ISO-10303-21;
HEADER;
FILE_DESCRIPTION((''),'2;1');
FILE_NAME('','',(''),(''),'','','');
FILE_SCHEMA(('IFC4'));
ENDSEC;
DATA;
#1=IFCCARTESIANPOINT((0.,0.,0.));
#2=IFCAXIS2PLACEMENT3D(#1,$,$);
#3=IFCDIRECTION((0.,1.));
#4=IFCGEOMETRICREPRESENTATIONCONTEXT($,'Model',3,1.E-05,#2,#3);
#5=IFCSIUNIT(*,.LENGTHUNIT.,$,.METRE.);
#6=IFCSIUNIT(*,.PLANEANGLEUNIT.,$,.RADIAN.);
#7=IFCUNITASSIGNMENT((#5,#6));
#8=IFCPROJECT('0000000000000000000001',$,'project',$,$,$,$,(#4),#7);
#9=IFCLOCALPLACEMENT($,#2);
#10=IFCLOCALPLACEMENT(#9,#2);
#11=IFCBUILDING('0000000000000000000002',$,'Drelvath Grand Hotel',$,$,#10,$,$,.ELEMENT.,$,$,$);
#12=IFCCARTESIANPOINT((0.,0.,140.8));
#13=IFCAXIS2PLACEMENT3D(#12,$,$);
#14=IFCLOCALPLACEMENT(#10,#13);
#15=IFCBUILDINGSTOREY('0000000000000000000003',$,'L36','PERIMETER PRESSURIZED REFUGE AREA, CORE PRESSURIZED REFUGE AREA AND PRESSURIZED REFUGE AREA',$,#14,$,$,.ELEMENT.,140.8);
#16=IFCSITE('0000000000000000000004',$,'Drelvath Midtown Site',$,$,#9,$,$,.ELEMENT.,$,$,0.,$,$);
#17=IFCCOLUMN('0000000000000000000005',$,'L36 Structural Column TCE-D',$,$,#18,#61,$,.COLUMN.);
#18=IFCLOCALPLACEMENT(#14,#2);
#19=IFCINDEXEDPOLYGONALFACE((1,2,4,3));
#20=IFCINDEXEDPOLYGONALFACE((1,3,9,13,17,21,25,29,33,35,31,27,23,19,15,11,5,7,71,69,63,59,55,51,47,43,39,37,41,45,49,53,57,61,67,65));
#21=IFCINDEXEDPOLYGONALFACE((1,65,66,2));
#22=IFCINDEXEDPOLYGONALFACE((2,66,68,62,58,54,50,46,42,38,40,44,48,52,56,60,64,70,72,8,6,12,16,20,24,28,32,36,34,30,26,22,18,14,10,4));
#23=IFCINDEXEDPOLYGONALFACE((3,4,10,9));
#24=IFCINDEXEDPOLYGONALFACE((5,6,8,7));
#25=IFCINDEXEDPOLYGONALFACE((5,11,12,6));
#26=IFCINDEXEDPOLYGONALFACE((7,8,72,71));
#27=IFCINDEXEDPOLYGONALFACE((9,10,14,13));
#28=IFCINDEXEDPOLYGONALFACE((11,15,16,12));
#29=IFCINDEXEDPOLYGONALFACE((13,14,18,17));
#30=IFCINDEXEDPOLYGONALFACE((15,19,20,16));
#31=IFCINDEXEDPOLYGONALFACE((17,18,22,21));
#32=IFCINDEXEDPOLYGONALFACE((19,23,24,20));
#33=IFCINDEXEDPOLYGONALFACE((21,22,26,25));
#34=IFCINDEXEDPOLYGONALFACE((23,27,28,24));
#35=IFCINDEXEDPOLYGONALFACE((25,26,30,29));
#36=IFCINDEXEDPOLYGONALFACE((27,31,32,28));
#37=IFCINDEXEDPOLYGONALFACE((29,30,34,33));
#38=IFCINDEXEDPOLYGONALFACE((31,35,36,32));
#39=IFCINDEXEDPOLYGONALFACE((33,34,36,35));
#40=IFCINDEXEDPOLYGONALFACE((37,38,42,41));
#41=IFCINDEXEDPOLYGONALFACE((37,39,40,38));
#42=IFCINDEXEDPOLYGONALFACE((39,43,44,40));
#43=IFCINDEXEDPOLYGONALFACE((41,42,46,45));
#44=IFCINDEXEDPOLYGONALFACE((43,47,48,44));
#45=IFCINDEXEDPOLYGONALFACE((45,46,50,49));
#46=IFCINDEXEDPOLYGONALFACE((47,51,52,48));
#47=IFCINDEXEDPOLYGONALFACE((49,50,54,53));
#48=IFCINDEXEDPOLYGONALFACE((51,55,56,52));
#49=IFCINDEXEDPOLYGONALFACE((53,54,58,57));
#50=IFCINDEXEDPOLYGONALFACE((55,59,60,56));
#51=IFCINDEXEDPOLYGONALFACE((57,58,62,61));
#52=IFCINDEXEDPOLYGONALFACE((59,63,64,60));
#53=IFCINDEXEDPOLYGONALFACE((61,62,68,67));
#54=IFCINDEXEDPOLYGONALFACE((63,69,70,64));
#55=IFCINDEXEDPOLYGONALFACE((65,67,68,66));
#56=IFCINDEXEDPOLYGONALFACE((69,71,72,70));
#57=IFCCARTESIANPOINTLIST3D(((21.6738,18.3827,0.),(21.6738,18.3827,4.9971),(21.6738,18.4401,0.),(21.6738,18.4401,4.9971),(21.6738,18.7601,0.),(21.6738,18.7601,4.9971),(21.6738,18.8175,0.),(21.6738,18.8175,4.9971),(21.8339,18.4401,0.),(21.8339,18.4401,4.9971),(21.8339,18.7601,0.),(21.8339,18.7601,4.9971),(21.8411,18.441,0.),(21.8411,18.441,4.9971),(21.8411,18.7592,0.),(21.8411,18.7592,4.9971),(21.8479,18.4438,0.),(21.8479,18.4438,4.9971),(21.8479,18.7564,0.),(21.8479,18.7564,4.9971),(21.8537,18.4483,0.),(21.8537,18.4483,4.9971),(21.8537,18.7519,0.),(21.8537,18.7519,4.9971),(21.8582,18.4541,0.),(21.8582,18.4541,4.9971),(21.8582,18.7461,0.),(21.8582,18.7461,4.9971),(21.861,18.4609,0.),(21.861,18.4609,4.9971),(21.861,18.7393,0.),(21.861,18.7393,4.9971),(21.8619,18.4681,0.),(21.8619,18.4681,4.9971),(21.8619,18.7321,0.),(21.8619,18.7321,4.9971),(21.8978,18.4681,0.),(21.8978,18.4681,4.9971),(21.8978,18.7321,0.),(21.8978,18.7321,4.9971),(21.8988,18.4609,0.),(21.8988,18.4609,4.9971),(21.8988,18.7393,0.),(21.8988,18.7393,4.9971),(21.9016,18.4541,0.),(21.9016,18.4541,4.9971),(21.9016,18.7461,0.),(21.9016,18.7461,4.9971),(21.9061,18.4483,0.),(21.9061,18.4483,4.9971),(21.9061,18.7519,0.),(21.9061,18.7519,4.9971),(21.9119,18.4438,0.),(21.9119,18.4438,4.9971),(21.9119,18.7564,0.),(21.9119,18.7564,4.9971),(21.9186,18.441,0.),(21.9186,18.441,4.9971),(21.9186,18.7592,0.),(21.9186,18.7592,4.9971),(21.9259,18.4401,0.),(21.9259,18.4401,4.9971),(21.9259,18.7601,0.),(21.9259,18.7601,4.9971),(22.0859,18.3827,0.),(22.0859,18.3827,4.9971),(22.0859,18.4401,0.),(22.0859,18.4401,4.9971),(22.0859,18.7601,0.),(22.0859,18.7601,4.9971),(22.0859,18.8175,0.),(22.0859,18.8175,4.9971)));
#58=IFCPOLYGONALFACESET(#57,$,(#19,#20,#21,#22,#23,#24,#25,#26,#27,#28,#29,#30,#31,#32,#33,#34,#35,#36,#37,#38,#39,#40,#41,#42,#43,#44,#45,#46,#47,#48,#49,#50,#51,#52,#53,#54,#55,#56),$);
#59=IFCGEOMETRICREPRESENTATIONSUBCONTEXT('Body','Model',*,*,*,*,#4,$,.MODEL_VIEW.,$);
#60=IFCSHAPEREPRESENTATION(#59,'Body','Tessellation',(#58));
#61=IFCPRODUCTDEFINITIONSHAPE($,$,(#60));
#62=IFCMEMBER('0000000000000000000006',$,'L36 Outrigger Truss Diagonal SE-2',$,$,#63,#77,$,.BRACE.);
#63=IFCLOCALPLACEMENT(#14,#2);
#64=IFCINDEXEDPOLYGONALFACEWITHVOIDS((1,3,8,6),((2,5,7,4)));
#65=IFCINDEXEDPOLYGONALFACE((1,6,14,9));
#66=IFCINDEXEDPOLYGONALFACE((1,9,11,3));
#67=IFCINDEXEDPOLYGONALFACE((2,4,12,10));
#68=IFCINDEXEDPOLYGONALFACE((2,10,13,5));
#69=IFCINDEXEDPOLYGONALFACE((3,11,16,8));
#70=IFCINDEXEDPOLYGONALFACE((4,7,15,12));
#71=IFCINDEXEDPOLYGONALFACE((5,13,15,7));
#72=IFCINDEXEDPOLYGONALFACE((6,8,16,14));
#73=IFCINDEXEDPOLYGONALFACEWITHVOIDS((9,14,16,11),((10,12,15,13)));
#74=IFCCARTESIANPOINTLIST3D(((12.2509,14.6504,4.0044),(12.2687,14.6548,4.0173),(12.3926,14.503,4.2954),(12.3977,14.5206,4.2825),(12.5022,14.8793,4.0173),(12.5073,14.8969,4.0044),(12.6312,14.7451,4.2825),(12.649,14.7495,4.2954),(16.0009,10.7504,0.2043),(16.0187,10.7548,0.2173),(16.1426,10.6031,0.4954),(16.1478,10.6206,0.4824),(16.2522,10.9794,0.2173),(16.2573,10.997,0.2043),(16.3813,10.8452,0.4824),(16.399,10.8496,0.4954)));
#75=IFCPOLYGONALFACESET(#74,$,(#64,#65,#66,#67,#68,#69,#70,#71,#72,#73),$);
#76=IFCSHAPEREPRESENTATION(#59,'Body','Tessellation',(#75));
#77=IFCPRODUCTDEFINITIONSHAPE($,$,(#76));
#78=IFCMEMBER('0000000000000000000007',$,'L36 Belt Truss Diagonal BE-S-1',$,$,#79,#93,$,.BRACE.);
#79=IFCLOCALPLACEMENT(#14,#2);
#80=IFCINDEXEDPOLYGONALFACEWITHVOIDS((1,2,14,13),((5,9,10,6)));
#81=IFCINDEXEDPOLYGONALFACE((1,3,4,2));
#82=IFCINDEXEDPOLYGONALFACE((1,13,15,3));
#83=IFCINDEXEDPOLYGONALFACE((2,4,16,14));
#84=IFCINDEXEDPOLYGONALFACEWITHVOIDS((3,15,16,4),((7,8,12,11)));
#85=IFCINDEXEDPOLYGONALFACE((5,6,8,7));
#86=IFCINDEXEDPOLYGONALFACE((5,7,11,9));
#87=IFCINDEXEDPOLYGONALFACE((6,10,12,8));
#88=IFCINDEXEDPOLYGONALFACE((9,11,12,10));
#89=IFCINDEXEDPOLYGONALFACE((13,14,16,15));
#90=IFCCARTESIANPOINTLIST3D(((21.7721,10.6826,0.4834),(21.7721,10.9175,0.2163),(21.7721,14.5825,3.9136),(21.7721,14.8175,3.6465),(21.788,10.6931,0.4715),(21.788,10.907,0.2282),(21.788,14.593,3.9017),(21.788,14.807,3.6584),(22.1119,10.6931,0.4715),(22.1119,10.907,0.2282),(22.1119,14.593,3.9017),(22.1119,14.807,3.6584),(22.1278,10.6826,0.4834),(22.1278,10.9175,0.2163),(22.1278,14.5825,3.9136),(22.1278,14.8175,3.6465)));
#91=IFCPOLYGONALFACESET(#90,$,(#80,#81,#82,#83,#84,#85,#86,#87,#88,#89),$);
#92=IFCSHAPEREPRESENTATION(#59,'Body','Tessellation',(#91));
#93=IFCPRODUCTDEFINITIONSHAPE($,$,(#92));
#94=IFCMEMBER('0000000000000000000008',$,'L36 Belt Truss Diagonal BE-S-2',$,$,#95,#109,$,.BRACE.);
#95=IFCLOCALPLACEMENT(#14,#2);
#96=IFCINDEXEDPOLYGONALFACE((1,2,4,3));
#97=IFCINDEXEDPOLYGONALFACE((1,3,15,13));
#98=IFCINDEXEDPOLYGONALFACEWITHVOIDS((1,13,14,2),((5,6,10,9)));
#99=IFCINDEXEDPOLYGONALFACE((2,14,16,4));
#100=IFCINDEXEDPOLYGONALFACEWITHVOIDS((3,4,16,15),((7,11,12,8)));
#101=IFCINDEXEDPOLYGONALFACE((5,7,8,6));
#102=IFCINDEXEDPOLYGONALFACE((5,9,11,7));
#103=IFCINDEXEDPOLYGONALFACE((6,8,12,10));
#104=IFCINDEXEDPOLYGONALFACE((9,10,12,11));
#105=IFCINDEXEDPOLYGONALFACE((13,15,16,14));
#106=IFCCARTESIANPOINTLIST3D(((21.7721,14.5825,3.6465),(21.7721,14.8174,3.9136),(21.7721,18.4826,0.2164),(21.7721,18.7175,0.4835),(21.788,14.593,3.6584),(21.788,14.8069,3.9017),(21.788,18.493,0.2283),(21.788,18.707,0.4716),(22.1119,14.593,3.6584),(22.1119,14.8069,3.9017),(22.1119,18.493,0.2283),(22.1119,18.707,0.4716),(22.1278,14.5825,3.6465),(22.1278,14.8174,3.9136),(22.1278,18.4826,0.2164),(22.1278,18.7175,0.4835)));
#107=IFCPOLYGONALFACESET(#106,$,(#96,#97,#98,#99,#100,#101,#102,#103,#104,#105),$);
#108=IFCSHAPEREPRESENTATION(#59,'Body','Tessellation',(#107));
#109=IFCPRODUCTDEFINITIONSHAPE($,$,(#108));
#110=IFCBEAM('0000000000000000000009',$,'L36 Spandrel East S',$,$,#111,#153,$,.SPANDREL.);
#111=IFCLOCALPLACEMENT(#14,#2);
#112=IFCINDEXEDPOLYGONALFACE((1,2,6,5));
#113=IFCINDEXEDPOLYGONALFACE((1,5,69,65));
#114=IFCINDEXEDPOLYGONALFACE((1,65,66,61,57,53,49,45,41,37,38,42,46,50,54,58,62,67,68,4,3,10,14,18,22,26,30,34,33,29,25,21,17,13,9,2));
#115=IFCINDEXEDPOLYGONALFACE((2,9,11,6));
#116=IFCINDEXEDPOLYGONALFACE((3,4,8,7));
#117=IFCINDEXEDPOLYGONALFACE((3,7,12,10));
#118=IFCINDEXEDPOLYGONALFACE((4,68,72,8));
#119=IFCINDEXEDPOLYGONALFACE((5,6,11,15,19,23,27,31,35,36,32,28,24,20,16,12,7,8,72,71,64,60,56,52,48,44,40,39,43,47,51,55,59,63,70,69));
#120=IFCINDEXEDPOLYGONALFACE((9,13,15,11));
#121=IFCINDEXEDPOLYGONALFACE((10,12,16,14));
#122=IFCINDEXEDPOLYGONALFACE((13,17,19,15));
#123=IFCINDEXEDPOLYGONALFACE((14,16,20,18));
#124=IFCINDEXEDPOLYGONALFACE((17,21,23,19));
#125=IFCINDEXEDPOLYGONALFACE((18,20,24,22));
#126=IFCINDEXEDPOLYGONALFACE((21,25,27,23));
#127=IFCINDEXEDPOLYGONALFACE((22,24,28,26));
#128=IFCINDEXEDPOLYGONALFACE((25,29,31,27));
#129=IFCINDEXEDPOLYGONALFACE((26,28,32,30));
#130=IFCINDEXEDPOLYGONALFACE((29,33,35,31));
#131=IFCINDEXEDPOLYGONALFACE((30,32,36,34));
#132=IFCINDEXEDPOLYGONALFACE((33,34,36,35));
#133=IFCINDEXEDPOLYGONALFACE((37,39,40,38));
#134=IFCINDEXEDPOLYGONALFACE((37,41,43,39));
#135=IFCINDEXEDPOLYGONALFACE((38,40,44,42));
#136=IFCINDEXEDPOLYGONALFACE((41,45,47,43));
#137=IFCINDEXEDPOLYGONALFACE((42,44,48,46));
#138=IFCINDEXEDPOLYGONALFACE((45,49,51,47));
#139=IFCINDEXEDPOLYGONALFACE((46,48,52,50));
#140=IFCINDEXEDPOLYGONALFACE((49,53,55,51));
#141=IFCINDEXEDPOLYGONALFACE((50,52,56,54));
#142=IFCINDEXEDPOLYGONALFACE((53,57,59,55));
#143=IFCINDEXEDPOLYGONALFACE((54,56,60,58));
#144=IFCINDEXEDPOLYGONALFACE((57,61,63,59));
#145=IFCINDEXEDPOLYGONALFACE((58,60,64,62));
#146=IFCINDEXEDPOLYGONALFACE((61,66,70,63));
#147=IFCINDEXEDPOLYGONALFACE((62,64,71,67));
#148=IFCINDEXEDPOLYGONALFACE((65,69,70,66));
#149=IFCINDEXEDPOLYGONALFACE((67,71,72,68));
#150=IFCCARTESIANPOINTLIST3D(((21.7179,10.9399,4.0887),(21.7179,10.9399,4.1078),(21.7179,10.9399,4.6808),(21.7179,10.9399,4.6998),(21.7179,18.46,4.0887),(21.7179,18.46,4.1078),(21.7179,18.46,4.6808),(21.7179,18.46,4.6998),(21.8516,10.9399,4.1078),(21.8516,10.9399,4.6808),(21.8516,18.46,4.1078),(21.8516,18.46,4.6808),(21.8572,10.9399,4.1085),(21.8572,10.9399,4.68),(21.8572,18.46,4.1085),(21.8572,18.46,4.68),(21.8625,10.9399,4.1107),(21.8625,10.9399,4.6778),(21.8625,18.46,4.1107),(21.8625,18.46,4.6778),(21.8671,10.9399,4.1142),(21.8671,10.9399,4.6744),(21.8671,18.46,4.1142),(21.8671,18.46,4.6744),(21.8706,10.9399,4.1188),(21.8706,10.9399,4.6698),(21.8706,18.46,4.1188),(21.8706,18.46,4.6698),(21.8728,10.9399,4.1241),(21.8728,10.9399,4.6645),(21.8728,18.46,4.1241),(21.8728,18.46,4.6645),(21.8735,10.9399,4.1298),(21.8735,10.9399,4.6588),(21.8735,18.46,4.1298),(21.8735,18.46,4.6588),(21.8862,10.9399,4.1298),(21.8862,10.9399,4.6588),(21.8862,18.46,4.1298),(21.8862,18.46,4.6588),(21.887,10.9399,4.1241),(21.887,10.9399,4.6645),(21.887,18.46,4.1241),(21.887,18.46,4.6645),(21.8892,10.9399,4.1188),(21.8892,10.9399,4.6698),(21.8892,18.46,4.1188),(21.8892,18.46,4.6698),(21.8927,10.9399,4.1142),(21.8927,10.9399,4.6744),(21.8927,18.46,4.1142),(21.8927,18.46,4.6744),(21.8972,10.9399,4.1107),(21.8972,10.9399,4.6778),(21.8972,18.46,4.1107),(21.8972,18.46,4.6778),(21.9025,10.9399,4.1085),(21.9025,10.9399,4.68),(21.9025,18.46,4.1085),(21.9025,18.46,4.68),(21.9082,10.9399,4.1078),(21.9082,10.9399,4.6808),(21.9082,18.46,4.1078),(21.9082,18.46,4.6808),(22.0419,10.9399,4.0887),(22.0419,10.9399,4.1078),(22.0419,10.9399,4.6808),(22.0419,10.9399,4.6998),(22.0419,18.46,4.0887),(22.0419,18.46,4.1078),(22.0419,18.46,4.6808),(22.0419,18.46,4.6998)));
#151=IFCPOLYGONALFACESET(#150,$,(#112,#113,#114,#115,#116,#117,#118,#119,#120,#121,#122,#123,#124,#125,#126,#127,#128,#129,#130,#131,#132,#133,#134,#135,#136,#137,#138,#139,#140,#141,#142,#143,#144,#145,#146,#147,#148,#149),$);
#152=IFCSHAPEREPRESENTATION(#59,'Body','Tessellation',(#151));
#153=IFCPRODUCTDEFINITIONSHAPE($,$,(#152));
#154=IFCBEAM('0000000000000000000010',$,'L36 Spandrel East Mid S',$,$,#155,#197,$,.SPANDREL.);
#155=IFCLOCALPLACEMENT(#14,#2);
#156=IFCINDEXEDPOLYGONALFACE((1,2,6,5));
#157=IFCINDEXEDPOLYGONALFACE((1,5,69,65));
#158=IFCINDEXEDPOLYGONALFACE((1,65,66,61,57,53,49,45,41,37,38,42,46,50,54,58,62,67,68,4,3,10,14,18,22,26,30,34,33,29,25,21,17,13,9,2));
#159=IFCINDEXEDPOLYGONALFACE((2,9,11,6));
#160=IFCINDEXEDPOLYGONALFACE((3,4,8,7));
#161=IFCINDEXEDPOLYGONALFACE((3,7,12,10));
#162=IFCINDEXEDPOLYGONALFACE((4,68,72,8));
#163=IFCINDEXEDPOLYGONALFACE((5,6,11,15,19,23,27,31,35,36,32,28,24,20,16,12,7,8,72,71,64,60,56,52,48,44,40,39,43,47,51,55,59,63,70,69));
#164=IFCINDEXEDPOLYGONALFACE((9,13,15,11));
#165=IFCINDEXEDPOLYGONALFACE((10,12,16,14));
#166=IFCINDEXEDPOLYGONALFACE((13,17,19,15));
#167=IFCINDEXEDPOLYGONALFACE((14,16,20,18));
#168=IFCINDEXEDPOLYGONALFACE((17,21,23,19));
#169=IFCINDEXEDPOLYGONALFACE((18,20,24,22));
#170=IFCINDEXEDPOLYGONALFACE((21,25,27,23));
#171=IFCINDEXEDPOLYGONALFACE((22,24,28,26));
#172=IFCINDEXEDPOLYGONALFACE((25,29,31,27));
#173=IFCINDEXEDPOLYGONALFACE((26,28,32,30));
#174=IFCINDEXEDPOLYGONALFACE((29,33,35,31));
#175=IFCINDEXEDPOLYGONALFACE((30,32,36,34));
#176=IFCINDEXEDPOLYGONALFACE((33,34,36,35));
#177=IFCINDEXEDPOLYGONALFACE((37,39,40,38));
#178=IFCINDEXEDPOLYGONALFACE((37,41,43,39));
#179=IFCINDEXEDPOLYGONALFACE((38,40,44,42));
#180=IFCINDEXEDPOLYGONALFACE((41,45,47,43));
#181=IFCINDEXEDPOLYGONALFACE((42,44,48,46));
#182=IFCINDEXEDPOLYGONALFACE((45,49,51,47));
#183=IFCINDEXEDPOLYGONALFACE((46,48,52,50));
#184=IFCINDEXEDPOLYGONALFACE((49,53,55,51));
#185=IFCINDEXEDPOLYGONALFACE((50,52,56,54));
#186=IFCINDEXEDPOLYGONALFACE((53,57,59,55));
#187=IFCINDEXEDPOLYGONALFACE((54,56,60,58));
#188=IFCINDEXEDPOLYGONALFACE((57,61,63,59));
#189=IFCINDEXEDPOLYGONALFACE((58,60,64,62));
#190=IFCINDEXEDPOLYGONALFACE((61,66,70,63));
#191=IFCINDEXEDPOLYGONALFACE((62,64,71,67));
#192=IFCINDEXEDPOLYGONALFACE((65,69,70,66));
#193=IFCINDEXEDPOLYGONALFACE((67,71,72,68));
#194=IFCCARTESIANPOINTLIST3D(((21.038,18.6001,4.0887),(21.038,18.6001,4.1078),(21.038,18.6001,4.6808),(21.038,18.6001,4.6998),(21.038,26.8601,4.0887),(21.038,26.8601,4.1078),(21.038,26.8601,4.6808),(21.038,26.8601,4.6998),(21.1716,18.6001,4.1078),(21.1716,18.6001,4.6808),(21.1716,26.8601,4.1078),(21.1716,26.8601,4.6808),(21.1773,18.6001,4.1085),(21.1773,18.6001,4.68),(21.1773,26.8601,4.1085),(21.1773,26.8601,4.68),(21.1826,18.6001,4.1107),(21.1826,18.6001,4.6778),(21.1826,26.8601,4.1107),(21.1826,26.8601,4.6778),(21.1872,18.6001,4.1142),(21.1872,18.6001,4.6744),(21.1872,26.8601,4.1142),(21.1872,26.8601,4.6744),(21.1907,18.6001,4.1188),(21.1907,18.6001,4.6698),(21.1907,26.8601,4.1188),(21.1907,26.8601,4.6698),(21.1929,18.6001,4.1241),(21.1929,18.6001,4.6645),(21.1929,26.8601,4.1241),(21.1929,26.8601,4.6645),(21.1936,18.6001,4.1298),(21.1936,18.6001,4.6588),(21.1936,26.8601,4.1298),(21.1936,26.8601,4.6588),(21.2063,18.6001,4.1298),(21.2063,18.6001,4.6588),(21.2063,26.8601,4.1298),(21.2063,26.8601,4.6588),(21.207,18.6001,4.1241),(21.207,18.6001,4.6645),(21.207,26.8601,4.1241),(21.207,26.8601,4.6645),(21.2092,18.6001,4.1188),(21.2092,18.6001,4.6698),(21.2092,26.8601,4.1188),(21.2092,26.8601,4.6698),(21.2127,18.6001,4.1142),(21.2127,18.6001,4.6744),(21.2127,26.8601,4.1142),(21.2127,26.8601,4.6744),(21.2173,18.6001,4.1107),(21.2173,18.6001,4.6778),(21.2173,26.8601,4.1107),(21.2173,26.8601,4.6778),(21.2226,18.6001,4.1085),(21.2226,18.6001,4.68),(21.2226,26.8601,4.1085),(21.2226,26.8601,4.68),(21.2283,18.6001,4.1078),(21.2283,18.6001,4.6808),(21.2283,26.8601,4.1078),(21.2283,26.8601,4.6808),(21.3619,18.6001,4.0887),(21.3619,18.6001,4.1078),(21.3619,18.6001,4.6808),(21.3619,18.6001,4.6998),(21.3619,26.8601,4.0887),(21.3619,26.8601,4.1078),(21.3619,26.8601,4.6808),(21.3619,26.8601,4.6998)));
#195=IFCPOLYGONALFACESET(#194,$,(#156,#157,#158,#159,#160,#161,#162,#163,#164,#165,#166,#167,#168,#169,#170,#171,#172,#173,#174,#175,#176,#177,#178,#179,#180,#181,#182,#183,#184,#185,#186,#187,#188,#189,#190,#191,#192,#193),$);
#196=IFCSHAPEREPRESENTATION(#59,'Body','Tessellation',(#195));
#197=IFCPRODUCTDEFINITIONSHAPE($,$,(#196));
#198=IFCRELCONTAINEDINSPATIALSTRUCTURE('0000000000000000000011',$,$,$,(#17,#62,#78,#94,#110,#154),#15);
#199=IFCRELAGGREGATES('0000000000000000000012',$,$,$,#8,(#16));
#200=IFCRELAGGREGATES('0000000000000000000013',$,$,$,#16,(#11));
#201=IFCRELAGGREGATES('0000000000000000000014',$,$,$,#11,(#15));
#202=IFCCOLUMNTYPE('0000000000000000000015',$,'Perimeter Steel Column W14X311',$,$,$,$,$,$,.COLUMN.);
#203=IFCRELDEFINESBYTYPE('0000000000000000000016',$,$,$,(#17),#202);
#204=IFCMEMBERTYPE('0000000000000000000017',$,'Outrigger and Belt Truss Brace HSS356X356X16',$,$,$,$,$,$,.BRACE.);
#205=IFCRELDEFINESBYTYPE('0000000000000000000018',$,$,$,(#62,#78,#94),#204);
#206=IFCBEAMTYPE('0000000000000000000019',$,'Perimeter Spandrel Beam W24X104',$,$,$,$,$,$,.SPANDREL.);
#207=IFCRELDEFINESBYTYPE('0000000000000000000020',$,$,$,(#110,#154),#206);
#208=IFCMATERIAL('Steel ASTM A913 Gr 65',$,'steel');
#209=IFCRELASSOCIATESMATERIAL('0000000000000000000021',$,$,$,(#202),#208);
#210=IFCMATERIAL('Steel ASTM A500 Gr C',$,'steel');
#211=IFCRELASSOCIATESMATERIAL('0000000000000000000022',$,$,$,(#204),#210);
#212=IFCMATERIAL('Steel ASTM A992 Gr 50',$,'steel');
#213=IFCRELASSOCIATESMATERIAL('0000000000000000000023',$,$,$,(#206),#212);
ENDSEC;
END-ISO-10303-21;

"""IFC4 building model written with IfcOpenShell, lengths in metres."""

from ifc_helpers import new_model, si_unit, direction, frame, origin, origin_2d, place, context, subcontext, project, spatial, hollow_rectangle, i_section, extrude, material, material_profile, profile_set, type_object, element, save


model = new_model("IFC4")

# Units and contexts
model_context = context("Model", 3, precision=1e-05, world=origin(), true_north=direction((0.0, 1.0)))
body_context = subcontext(model_context, "Body", "Model", "MODEL_VIEW")
ifc_project = project(units=[si_unit("LENGTHUNIT", "METRE"), si_unit("PLANEANGLEUNIT", "RADIAN")], contexts=[model_context])

# Site, building, storey
site_placement = place(None, origin())
site = spatial("IfcSite", under=ifc_project, at=site_placement, Name="Drelvath Midtown Site", CompositionType="ELEMENT", RefElevation=0.0)
building_placement = place(site_placement, origin())
building = spatial("IfcBuilding", under=site, at=building_placement, Name="Drelvath Grand Hotel", CompositionType="ELEMENT")
storey_placement = place(building_placement, frame((0.0, 0.0, 140.8)))
storey = spatial("IfcBuildingStorey", under=building, at=storey_placement, Name="L36", Description="PERIMETER PRESSURIZED REFUGE AREA, CORE PRESSURIZED REFUGE AREA AND PRESSURIZED REFUGE AREA", CompositionType="ELEMENT", Elevation=140.8)

# Column
ifc_material_1 = material(Name="Steel ASTM A913 Gr 65", Category="steel")
ifc_material_profile_1 = material_profile(ifc_material_1, i_section(OverallWidth=0.4121, OverallDepth=0.4348, WebThickness=0.0359, FlangeThickness=0.0574, FilletRadius=0.0281, at=origin_2d()), Name="W14X311")
ifc_profile_set_1 = profile_set([ifc_material_profile_1], Name="Steel ASTM A913 Gr 65")
column_type = type_object("IfcColumnType", Name="Perimeter Steel Column W14X311", PredefinedType="COLUMN", material=ifc_profile_set_1)
column_placement = place(storey_placement, frame((21.8799, 18.6001, 0.0), z_axis=(0.0, 0.0, 1.0), x_axis=(1.0, 0.0, 0.0)))
element("IfcColumn", 1, at=column_placement, inside=storey, type_object=column_type, Name="L36 Structural Column TCE-D", PredefinedType="COLUMN", context=body_context, shape_type="SweptSolid", body=[
    extrude(i_section(OverallWidth=0.4121, OverallDepth=0.4348, WebThickness=0.0359, FlangeThickness=0.0574, FilletRadius=0.0281, at=origin_2d()), origin(), (0.0, 0.0, 1.0), 4.9971),
])

# Members
ifc_material_2 = material(Name="Steel ASTM A500 Gr C", Category="steel")
ifc_material_profile_2 = material_profile(ifc_material_2, hollow_rectangle(XDim=0.3557, YDim=0.3557, WallThickness=0.0159, at=origin_2d()), Name="HSS356X356X16")
ifc_profile_set_2 = profile_set([ifc_material_profile_2], Name="Steel ASTM A500 Gr C")
member_type = type_object("IfcMemberType", Name="Outrigger and Belt Truss Brace HSS356X356X16", PredefinedType="BRACE", material=ifc_profile_set_2)
member_placement = place(storey_placement, frame((12.45, 14.7, 4.1499), z_axis=(0.567192, -0.589865, -0.574762), x_axis=(0.720824, 0.693118, 0.0)))
element("IfcMember", 2, at=member_placement, inside=storey, type_object=member_type, Name="L36 Outrigger Truss Diagonal SE-2", PredefinedType="BRACE", context=body_context, shape_type="SweptSolid", body=[
    extrude(hollow_rectangle(XDim=0.3557, YDim=0.3557, WallThickness=0.0159, at=origin_2d()), origin(), (0.0, 0.0, 1.0), 6.6116),
])
for number, where, z_axis, x_axis, name in (
    (3, (21.95, 10.8, 0.3499), (0.0, 0.750879, 0.660439), (-1.0, 0.0, 0.0), "L36 Belt Truss Diagonal BE-S-1"),
    (4, (21.95, 14.7, 3.78), (0.0, 0.7509, -0.660416), (-1.0, 0.0, 0.0), "L36 Belt Truss Diagonal BE-S-2"),
):
    element("IfcMember", number, at=place(storey_placement, frame(where, z_axis=z_axis, x_axis=x_axis)), inside=storey, type_object=member_type, Name=name, PredefinedType="BRACE", context=body_context, shape_type="SweptSolid", body=[
        extrude(hollow_rectangle(XDim=0.3557, YDim=0.3557, WallThickness=0.0159, at=origin_2d()), origin(), (0.0, 0.0, 1.0), 5.1938),
    ])

# Beams
ifc_material_3 = material(Name="Steel ASTM A992 Gr 50", Category="steel")
ifc_material_profile_3 = material_profile(ifc_material_3, i_section(OverallWidth=0.324, OverallDepth=0.6111, WebThickness=0.0127, FlangeThickness=0.019, FilletRadius=0.022, at=origin_2d()), Name="W24X104")
ifc_profile_set_3 = profile_set([ifc_material_profile_3], Name="Steel ASTM A992 Gr 50")
beam_type_1 = type_object("IfcBeamType", Name="Perimeter Spandrel Beam W24X104", PredefinedType="SPANDREL", material=ifc_profile_set_3)
beam_1_placement = place(storey_placement, frame((21.8799, 10.9399, 4.3943), z_axis=(0.0, 1.0, 0.0), x_axis=(-1.0, 0.0, 0.0)))
element("IfcBeam", 5, at=beam_1_placement, inside=storey, type_object=beam_type_1, Name="L36 Spandrel East S", PredefinedType="SPANDREL", context=body_context, shape_type="SweptSolid", body=[
    extrude(i_section(OverallWidth=0.324, OverallDepth=0.6111, WebThickness=0.0127, FlangeThickness=0.019, FilletRadius=0.022, at=origin_2d()), origin(), (0.0, 0.0, 1.0), 7.52),
])
beam_2_placement = place(storey_placement, frame((21.2, 18.6001, 4.3943), z_axis=(0.0, 1.0, 0.0), x_axis=(-1.0, 0.0, 0.0)))
element("IfcBeam", 6, at=beam_2_placement, inside=storey, type_object=beam_type_1, Name="L36 Spandrel East Mid S", PredefinedType="SPANDREL", context=body_context, shape_type="SweptSolid", body=[
    extrude(i_section(OverallWidth=0.324, OverallDepth=0.6111, WebThickness=0.0127, FlangeThickness=0.019, FilletRadius=0.022, at=origin_2d()), origin(), (0.0, 0.0, 1.0), 8.26),
])

save(model, "model.ifc")
